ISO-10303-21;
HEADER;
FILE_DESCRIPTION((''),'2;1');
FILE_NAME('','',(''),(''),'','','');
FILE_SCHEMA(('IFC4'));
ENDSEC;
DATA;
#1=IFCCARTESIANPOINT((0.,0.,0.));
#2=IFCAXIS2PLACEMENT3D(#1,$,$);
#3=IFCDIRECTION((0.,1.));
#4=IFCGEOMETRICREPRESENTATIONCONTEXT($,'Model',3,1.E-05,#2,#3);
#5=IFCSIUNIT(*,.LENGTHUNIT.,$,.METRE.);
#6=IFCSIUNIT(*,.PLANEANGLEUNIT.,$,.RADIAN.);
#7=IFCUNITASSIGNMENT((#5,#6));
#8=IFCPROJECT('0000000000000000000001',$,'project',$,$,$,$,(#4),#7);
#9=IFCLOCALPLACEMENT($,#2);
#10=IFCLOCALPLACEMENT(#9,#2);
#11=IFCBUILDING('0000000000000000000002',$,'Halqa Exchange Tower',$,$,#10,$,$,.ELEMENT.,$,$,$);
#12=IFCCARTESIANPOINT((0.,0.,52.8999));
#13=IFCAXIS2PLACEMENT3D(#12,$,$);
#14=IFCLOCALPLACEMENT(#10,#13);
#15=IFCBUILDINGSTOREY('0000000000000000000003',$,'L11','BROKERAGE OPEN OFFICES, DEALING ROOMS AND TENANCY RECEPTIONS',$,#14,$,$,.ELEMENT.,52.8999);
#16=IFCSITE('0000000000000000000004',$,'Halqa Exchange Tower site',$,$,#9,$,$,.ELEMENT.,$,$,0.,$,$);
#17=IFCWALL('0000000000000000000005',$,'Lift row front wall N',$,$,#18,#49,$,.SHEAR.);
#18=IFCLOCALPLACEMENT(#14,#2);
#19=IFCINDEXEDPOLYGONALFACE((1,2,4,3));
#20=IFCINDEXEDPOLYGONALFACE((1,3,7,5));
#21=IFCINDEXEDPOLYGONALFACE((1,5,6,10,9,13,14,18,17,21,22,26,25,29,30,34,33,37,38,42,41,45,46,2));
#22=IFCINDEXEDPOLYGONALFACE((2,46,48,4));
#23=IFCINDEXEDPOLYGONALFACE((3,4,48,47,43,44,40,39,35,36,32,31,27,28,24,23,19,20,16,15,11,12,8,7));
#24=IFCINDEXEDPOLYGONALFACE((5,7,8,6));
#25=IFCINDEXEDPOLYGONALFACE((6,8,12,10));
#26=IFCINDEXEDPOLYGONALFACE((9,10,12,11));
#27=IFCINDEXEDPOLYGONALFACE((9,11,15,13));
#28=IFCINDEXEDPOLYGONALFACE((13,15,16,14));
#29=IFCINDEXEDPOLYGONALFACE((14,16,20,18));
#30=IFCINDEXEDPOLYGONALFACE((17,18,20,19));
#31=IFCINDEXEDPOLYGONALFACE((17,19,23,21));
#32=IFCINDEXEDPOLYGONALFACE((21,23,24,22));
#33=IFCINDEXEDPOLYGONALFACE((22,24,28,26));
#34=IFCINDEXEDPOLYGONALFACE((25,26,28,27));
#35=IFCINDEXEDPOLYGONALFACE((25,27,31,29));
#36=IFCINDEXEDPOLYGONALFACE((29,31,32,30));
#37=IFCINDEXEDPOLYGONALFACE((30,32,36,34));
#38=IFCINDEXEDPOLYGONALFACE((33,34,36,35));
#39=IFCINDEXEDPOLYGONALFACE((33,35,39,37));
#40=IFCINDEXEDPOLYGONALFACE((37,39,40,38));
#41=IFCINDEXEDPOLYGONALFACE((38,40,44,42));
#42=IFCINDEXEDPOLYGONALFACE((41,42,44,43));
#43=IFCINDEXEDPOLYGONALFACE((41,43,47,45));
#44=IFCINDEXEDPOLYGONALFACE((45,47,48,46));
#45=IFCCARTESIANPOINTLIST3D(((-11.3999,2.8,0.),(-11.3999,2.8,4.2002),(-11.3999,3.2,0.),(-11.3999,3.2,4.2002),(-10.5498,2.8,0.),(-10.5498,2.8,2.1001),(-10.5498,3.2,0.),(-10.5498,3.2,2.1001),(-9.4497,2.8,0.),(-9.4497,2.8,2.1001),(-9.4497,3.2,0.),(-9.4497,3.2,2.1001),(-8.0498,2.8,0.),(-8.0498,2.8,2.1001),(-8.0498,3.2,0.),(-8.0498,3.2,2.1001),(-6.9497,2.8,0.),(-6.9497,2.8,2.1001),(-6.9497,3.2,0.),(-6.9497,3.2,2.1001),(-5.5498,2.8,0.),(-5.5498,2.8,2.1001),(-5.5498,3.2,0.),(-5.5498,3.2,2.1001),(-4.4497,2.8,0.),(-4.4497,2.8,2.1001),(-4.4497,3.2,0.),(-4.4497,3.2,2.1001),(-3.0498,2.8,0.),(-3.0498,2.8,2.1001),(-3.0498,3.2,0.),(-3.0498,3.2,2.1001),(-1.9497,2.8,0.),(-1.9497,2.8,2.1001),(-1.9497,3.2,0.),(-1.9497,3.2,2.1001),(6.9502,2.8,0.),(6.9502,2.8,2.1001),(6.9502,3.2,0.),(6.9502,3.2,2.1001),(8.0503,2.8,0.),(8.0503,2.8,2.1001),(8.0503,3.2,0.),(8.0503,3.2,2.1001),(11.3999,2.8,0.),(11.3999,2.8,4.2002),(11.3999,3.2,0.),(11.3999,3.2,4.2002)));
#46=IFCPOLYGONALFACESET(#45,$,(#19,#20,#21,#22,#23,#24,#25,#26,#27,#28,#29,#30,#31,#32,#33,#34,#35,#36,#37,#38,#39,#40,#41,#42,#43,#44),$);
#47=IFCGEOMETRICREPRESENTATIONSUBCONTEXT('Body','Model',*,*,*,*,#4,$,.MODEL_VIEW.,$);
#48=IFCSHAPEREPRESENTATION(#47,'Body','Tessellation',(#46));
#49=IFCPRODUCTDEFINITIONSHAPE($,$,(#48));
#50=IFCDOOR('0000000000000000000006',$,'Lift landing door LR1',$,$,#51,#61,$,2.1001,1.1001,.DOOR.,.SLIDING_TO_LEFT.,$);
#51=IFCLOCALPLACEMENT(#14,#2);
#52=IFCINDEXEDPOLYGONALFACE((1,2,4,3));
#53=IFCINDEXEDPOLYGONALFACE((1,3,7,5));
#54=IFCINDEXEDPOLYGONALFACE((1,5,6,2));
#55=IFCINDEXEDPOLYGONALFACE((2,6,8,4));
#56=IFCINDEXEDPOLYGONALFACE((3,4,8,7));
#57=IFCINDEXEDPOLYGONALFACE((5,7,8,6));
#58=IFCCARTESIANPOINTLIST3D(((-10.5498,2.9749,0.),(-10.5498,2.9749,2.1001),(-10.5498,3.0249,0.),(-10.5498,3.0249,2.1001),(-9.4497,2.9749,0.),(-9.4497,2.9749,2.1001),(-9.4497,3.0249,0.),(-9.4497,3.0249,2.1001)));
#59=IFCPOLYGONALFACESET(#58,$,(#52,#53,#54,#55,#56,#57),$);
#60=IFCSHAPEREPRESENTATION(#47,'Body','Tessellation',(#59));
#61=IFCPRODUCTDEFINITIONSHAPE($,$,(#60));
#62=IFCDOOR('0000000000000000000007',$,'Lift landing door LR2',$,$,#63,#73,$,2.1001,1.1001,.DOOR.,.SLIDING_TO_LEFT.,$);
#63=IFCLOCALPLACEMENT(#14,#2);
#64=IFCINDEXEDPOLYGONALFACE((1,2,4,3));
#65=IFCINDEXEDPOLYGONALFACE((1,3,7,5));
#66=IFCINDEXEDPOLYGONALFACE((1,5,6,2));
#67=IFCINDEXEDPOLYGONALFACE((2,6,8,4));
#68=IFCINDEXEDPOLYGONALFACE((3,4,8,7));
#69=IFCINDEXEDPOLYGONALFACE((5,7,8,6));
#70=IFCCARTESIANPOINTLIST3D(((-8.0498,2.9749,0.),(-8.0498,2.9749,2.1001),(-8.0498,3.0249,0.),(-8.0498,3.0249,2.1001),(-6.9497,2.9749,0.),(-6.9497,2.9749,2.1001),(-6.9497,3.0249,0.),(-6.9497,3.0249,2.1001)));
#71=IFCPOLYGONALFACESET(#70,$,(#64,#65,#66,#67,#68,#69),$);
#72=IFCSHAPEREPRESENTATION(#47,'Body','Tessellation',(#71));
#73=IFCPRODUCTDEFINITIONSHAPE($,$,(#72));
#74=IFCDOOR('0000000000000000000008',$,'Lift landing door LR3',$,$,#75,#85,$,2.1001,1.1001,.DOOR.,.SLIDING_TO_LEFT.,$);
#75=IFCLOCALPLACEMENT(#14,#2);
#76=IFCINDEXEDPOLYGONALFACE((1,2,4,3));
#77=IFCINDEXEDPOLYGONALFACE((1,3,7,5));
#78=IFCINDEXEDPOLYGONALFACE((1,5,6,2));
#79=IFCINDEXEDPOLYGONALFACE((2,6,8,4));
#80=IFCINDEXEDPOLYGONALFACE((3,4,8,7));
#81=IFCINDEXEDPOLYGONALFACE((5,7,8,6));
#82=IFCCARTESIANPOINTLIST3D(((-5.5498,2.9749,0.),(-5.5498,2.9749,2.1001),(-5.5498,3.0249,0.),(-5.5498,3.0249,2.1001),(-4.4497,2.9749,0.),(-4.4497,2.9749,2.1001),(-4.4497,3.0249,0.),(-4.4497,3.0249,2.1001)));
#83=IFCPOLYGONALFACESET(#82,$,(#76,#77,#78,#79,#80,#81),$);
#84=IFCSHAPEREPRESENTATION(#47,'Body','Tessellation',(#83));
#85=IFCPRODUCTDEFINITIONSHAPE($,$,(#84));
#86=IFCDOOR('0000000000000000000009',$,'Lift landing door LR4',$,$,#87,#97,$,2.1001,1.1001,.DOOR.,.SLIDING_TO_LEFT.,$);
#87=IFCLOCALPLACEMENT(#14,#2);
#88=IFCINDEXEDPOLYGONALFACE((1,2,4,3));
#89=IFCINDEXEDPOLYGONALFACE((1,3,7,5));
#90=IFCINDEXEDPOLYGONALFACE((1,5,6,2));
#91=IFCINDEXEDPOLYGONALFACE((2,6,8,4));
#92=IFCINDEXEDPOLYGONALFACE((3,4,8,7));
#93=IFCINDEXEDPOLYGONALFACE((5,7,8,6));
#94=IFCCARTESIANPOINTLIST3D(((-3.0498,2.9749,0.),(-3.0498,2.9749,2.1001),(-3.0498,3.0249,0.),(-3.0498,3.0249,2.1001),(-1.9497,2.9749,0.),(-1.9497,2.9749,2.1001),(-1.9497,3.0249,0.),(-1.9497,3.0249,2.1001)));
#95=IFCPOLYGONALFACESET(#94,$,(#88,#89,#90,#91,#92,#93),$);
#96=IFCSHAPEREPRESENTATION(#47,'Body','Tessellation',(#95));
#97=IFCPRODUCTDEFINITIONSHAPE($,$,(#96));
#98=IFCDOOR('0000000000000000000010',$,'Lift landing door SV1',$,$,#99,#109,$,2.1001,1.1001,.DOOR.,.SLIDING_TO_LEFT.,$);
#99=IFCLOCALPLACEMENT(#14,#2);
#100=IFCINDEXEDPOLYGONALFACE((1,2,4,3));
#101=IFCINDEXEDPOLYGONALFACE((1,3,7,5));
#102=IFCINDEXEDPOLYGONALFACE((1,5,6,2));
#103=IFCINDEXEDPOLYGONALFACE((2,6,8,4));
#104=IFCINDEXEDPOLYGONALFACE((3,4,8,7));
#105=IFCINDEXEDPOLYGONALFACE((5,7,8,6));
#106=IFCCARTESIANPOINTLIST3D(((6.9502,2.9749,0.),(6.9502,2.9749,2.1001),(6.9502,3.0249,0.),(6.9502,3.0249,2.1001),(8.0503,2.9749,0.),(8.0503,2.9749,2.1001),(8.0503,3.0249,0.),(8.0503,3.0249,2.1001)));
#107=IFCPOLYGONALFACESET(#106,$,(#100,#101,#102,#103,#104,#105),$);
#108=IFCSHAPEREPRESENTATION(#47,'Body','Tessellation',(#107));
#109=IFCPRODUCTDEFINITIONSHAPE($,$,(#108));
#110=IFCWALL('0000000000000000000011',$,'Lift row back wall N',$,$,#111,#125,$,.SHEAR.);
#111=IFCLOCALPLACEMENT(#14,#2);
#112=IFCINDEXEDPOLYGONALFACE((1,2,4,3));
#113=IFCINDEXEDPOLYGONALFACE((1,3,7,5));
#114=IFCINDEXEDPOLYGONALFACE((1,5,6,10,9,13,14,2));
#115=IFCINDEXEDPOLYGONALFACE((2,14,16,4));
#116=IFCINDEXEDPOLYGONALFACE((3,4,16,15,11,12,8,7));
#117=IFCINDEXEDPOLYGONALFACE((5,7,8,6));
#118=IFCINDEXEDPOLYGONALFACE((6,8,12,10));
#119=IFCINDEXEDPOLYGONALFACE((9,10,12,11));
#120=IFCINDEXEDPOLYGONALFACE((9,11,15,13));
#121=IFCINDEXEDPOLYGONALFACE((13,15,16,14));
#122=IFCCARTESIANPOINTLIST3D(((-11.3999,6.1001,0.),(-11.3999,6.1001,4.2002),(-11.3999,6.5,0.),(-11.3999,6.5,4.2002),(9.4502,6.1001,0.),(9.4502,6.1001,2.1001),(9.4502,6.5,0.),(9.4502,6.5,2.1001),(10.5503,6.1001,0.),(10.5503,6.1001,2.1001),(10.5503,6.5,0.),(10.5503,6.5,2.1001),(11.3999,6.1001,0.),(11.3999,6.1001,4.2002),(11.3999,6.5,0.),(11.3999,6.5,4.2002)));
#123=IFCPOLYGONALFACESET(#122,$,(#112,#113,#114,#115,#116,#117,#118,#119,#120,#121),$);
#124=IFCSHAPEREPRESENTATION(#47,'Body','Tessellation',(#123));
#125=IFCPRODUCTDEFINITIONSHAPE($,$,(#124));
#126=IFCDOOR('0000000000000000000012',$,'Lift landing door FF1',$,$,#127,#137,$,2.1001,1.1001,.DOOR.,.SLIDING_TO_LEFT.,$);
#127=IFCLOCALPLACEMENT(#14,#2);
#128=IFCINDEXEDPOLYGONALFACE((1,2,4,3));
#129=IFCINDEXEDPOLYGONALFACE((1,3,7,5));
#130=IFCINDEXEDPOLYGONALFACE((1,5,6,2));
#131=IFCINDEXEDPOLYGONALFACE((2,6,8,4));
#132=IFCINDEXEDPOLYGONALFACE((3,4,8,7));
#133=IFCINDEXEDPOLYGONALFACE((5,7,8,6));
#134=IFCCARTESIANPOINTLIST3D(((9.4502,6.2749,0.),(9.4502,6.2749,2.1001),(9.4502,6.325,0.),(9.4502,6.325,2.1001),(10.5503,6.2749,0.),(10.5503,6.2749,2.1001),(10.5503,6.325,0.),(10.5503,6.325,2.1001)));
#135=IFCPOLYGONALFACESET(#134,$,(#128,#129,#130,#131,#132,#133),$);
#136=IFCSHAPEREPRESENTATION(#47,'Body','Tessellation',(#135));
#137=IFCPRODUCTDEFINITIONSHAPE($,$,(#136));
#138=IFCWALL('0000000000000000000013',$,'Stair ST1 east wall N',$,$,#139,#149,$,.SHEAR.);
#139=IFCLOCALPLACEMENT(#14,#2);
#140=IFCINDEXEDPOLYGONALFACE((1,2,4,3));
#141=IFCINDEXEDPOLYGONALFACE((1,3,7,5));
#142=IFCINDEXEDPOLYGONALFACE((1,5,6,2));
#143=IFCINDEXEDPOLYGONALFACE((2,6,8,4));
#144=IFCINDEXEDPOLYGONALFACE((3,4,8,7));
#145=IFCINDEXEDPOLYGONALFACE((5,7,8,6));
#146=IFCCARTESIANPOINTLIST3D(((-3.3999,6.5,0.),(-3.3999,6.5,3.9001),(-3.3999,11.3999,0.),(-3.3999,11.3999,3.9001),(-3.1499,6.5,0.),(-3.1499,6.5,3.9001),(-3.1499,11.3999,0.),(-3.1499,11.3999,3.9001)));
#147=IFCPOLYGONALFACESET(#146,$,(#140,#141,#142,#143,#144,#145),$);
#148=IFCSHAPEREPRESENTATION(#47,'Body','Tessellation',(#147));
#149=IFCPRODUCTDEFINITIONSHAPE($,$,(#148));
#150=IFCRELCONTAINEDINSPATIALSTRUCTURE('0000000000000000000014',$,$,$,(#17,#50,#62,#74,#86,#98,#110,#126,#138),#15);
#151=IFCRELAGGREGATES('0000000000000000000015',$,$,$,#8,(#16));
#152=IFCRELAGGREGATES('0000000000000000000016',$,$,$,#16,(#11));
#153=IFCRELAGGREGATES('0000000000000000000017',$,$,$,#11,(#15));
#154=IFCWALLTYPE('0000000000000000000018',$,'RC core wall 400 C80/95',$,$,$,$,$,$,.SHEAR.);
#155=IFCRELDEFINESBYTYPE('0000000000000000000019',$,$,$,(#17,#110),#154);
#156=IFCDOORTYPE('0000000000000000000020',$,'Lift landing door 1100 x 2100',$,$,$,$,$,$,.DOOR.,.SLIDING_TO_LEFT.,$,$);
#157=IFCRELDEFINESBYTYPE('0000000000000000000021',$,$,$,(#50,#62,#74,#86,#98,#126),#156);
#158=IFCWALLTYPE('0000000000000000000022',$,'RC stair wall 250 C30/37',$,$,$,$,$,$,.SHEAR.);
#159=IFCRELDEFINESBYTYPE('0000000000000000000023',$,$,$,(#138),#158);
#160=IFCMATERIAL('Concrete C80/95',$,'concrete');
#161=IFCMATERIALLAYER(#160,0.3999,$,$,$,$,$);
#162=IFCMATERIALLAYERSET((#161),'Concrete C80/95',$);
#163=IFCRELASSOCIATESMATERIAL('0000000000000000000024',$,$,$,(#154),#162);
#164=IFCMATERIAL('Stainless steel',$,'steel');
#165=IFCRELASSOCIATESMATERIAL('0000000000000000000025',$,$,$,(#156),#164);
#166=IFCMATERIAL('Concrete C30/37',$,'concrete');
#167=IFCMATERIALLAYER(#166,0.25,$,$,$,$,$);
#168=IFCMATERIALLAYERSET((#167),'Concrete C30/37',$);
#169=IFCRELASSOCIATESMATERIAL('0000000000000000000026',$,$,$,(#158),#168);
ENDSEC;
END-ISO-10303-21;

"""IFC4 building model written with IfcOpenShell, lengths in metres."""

from ifc_helpers import new_model, si_unit, direction, frame, frame_2d, origin, place, context, subcontext, project, spatial, rectangle, extrude, material, layer, layer_set, type_object, element, fill, save


model = new_model("IFC4")

# Units and contexts
model_context = context("Model", 3, precision=1e-05, world=origin(), true_north=direction((0.0, 1.0)))
body_context = subcontext(model_context, "Body", "Model", "MODEL_VIEW")
ifc_project = project(units=[si_unit("LENGTHUNIT", "METRE"), si_unit("PLANEANGLEUNIT", "RADIAN")], contexts=[model_context])

# Site, building, storey
site_placement = place(None, origin())
site = spatial("IfcSite", under=ifc_project, at=site_placement, Name="Halqa Exchange Tower site", CompositionType="ELEMENT", RefElevation=0.0)
building_placement = place(site_placement, origin())
building = spatial("IfcBuilding", under=site, at=building_placement, Name="Halqa Exchange Tower", CompositionType="ELEMENT")
storey_placement = place(building_placement, frame((0.0, 0.0, 52.8999)))
storey = spatial("IfcBuildingStorey", under=building, at=storey_placement, Name="L11", Description="BROKERAGE OPEN OFFICES, DEALING ROOMS AND TENANCY RECEPTIONS", CompositionType="ELEMENT", Elevation=52.8999)

# Wall, openings, doors
ifc_material_1 = material(Name="Concrete C80/95", Category="concrete")
ifc_layer_1 = layer(ifc_material_1, 0.3999)
ifc_layer_set_1 = layer_set([ifc_layer_1], Name="Concrete C80/95")
wall_type_1 = type_object("IfcWallType", Name="RC core wall 400 C80/95", PredefinedType="SHEAR", material=ifc_layer_set_1)
wall_1_placement = place(storey_placement, frame((-11.3999, 3.0, 0.0), z_axis=(0.0, 0.0, 1.0), x_axis=(1.0, 0.0, 0.0)))
wall_1 = element("IfcWall", 1, at=wall_1_placement, inside=storey, type_object=wall_type_1, Name="Lift row front wall N", PredefinedType="SHEAR", context=body_context, shape_type="SweptSolid", body=[
    extrude(rectangle(XDim=22.7998, YDim=0.3999, at=frame_2d((11.3999, 0.0))), origin(), (0.0, 0.0, 1.0), 4.2002),
])
opening_1_placement = place(wall_1_placement, frame((0.8501, 0.0, 0.0)))
opening_1 = element("IfcOpeningElement", 2, at=opening_1_placement, cuts=wall_1, PredefinedType="OPENING", context=body_context, shape_type="SweptSolid", body=[
    extrude(rectangle(XDim=1.1001, YDim=2.1001, at=frame_2d((0.55, 1.05))), frame((0.0, 0.2119, 0.0), z_axis=(0.0, -1.0, 0.0), x_axis=(1.0, 0.0, 0.0)), (0.0, 0.0, 1.0), 0.4238),
])
opening_2_placement = place(wall_1_placement, frame((3.3501, 0.0, 0.0)))
opening_2 = element("IfcOpeningElement", 3, at=opening_2_placement, cuts=wall_1, PredefinedType="OPENING", context=body_context, shape_type="SweptSolid", body=[
    extrude(rectangle(XDim=1.1001, YDim=2.1001, at=frame_2d((0.55, 1.05))), frame((0.0, 0.2119, 0.0), z_axis=(0.0, -1.0, 0.0), x_axis=(1.0, 0.0, 0.0)), (0.0, 0.0, 1.0), 0.4238),
])
opening_3_placement = place(wall_1_placement, frame((5.8501, 0.0, 0.0)))
opening_3 = element("IfcOpeningElement", 4, at=opening_3_placement, cuts=wall_1, PredefinedType="OPENING", context=body_context, shape_type="SweptSolid", body=[
    extrude(rectangle(XDim=1.1001, YDim=2.1001, at=frame_2d((0.55, 1.05))), frame((0.0, 0.2119, 0.0), z_axis=(0.0, -1.0, 0.0), x_axis=(1.0, 0.0, 0.0)), (0.0, 0.0, 1.0), 0.4238),
])
opening_4_placement = place(wall_1_placement, frame((8.3501, 0.0, 0.0)))
opening_4 = element("IfcOpeningElement", 5, at=opening_4_placement, cuts=wall_1, PredefinedType="OPENING", context=body_context, shape_type="SweptSolid", body=[
    extrude(rectangle(XDim=1.1001, YDim=2.1001, at=frame_2d((0.55, 1.05))), frame((0.0, 0.2119, 0.0), z_axis=(0.0, -1.0, 0.0), x_axis=(1.0, 0.0, 0.0)), (0.0, 0.0, 1.0), 0.4238),
])
opening_5_placement = place(wall_1_placement, frame((18.3501, 0.0, 0.0)))
opening_5 = element("IfcOpeningElement", 6, at=opening_5_placement, cuts=wall_1, PredefinedType="OPENING", context=body_context, shape_type="SweptSolid", body=[
    extrude(rectangle(XDim=1.1001, YDim=2.1001, at=frame_2d((0.55, 1.05))), frame((0.0, 0.2119, 0.0), z_axis=(0.0, -1.0, 0.0), x_axis=(1.0, 0.0, 0.0)), (0.0, 0.0, 1.0), 0.4238),
])
ifc_material_2 = material(Name="Stainless steel", Category="steel")
door_type = type_object("IfcDoorType", Name="Lift landing door 1100 x 2100", OperationType="SLIDING_TO_LEFT", PredefinedType="DOOR", material=ifc_material_2)
door_1_placement = place(opening_1_placement, origin())
door_1 = element("IfcDoor", 7, at=door_1_placement, inside=storey, type_object=door_type, Name="Lift landing door LR1", OperationType="SLIDING_TO_LEFT", OverallHeight=2.1001, OverallWidth=1.1001, PredefinedType="DOOR", context=body_context, shape_type="SweptSolid", body=[
    extrude(rectangle(XDim=1.1001, YDim=2.1001, at=frame_2d((0.55, 1.05))), frame((0.0, 0.0249, 0.0), z_axis=(0.0, -1.0, 0.0), x_axis=(1.0, 0.0, 0.0)), (0.0, 0.0, 1.0), 0.05),
])
fill(opening_1, door_1)
door_2_placement = place(opening_2_placement, origin())
door_2 = element("IfcDoor", 8, at=door_2_placement, inside=storey, type_object=door_type, Name="Lift landing door LR2", OperationType="SLIDING_TO_LEFT", OverallHeight=2.1001, OverallWidth=1.1001, PredefinedType="DOOR", context=body_context, shape_type="SweptSolid", body=[
    extrude(rectangle(XDim=1.1001, YDim=2.1001, at=frame_2d((0.55, 1.05))), frame((0.0, 0.0249, 0.0), z_axis=(0.0, -1.0, 0.0), x_axis=(1.0, 0.0, 0.0)), (0.0, 0.0, 1.0), 0.05),
])
fill(opening_2, door_2)
door_3_placement = place(opening_3_placement, origin())
door_3 = element("IfcDoor", 9, at=door_3_placement, inside=storey, type_object=door_type, Name="Lift landing door LR3", OperationType="SLIDING_TO_LEFT", OverallHeight=2.1001, OverallWidth=1.1001, PredefinedType="DOOR", context=body_context, shape_type="SweptSolid", body=[
    extrude(rectangle(XDim=1.1001, YDim=2.1001, at=frame_2d((0.55, 1.05))), frame((0.0, 0.0249, 0.0), z_axis=(0.0, -1.0, 0.0), x_axis=(1.0, 0.0, 0.0)), (0.0, 0.0, 1.0), 0.05),
])
fill(opening_3, door_3)
door_4_placement = place(opening_4_placement, origin())
door_4 = element("IfcDoor", 10, at=door_4_placement, inside=storey, type_object=door_type, Name="Lift landing door LR4", OperationType="SLIDING_TO_LEFT", OverallHeight=2.1001, OverallWidth=1.1001, PredefinedType="DOOR", context=body_context, shape_type="SweptSolid", body=[
    extrude(rectangle(XDim=1.1001, YDim=2.1001, at=frame_2d((0.55, 1.05))), frame((0.0, 0.0249, 0.0), z_axis=(0.0, -1.0, 0.0), x_axis=(1.0, 0.0, 0.0)), (0.0, 0.0, 1.0), 0.05),
])
fill(opening_4, door_4)
door_5_placement = place(opening_5_placement, origin())
door_5 = element("IfcDoor", 11, at=door_5_placement, inside=storey, type_object=door_type, Name="Lift landing door SV1", OperationType="SLIDING_TO_LEFT", OverallHeight=2.1001, OverallWidth=1.1001, PredefinedType="DOOR", context=body_context, shape_type="SweptSolid", body=[
    extrude(rectangle(XDim=1.1001, YDim=2.1001, at=frame_2d((0.55, 1.05))), frame((0.0, 0.0249, 0.0), z_axis=(0.0, -1.0, 0.0), x_axis=(1.0, 0.0, 0.0)), (0.0, 0.0, 1.0), 0.05),
])
fill(opening_5, door_5)

# Wall, opening, door
wall_2_placement = place(storey_placement, frame((-11.3999, 6.3, 0.0), z_axis=(0.0, 0.0, 1.0), x_axis=(1.0, 0.0, 0.0)))
wall_2 = element("IfcWall", 12, at=wall_2_placement, inside=storey, type_object=wall_type_1, Name="Lift row back wall N", PredefinedType="SHEAR", context=body_context, shape_type="SweptSolid", body=[
    extrude(rectangle(XDim=22.7998, YDim=0.3999, at=frame_2d((11.3999, 0.0))), origin(), (0.0, 0.0, 1.0), 4.2002),
])
opening_6_placement = place(wall_2_placement, frame((20.8501, 0.0, 0.0)))
opening_6 = element("IfcOpeningElement", 13, at=opening_6_placement, cuts=wall_2, PredefinedType="OPENING", context=body_context, shape_type="SweptSolid", body=[
    extrude(rectangle(XDim=1.1001, YDim=2.1001, at=frame_2d((0.55, 1.05))), frame((0.0, 0.2119, 0.0), z_axis=(0.0, -1.0, 0.0), x_axis=(1.0, 0.0, 0.0)), (0.0, 0.0, 1.0), 0.4238),
])
door_6_placement = place(opening_6_placement, origin())
door_6 = element("IfcDoor", 14, at=door_6_placement, inside=storey, type_object=door_type, Name="Lift landing door FF1", OperationType="SLIDING_TO_LEFT", OverallHeight=2.1001, OverallWidth=1.1001, PredefinedType="DOOR", context=body_context, shape_type="SweptSolid", body=[
    extrude(rectangle(XDim=1.1001, YDim=2.1001, at=frame_2d((0.55, 1.05))), frame((0.0, 0.0249, 0.0), z_axis=(0.0, -1.0, 0.0), x_axis=(1.0, 0.0, 0.0)), (0.0, 0.0, 1.0), 0.05),
])
fill(opening_6, door_6)

# Wall
ifc_material_3 = material(Name="Concrete C30/37", Category="concrete")
ifc_layer_2 = layer(ifc_material_3, 0.25)
ifc_layer_set_2 = layer_set([ifc_layer_2], Name="Concrete C30/37")
wall_type_2 = type_object("IfcWallType", Name="RC stair wall 250 C30/37", PredefinedType="SHEAR", material=ifc_layer_set_2)
wall_3_placement = place(storey_placement, frame((-3.2749, 6.5, 0.0), z_axis=(0.0, 0.0, 1.0), x_axis=(0.0, 1.0, 0.0)))
element("IfcWall", 15, at=wall_3_placement, inside=storey, type_object=wall_type_2, Name="Stair ST1 east wall N", PredefinedType="SHEAR", context=body_context, shape_type="SweptSolid", body=[
    extrude(rectangle(XDim=4.8999, YDim=0.25, at=frame_2d((2.45, 0.0))), origin(), (0.0, 0.0, 1.0), 3.9001),
])

save(model, "model.ifc")
